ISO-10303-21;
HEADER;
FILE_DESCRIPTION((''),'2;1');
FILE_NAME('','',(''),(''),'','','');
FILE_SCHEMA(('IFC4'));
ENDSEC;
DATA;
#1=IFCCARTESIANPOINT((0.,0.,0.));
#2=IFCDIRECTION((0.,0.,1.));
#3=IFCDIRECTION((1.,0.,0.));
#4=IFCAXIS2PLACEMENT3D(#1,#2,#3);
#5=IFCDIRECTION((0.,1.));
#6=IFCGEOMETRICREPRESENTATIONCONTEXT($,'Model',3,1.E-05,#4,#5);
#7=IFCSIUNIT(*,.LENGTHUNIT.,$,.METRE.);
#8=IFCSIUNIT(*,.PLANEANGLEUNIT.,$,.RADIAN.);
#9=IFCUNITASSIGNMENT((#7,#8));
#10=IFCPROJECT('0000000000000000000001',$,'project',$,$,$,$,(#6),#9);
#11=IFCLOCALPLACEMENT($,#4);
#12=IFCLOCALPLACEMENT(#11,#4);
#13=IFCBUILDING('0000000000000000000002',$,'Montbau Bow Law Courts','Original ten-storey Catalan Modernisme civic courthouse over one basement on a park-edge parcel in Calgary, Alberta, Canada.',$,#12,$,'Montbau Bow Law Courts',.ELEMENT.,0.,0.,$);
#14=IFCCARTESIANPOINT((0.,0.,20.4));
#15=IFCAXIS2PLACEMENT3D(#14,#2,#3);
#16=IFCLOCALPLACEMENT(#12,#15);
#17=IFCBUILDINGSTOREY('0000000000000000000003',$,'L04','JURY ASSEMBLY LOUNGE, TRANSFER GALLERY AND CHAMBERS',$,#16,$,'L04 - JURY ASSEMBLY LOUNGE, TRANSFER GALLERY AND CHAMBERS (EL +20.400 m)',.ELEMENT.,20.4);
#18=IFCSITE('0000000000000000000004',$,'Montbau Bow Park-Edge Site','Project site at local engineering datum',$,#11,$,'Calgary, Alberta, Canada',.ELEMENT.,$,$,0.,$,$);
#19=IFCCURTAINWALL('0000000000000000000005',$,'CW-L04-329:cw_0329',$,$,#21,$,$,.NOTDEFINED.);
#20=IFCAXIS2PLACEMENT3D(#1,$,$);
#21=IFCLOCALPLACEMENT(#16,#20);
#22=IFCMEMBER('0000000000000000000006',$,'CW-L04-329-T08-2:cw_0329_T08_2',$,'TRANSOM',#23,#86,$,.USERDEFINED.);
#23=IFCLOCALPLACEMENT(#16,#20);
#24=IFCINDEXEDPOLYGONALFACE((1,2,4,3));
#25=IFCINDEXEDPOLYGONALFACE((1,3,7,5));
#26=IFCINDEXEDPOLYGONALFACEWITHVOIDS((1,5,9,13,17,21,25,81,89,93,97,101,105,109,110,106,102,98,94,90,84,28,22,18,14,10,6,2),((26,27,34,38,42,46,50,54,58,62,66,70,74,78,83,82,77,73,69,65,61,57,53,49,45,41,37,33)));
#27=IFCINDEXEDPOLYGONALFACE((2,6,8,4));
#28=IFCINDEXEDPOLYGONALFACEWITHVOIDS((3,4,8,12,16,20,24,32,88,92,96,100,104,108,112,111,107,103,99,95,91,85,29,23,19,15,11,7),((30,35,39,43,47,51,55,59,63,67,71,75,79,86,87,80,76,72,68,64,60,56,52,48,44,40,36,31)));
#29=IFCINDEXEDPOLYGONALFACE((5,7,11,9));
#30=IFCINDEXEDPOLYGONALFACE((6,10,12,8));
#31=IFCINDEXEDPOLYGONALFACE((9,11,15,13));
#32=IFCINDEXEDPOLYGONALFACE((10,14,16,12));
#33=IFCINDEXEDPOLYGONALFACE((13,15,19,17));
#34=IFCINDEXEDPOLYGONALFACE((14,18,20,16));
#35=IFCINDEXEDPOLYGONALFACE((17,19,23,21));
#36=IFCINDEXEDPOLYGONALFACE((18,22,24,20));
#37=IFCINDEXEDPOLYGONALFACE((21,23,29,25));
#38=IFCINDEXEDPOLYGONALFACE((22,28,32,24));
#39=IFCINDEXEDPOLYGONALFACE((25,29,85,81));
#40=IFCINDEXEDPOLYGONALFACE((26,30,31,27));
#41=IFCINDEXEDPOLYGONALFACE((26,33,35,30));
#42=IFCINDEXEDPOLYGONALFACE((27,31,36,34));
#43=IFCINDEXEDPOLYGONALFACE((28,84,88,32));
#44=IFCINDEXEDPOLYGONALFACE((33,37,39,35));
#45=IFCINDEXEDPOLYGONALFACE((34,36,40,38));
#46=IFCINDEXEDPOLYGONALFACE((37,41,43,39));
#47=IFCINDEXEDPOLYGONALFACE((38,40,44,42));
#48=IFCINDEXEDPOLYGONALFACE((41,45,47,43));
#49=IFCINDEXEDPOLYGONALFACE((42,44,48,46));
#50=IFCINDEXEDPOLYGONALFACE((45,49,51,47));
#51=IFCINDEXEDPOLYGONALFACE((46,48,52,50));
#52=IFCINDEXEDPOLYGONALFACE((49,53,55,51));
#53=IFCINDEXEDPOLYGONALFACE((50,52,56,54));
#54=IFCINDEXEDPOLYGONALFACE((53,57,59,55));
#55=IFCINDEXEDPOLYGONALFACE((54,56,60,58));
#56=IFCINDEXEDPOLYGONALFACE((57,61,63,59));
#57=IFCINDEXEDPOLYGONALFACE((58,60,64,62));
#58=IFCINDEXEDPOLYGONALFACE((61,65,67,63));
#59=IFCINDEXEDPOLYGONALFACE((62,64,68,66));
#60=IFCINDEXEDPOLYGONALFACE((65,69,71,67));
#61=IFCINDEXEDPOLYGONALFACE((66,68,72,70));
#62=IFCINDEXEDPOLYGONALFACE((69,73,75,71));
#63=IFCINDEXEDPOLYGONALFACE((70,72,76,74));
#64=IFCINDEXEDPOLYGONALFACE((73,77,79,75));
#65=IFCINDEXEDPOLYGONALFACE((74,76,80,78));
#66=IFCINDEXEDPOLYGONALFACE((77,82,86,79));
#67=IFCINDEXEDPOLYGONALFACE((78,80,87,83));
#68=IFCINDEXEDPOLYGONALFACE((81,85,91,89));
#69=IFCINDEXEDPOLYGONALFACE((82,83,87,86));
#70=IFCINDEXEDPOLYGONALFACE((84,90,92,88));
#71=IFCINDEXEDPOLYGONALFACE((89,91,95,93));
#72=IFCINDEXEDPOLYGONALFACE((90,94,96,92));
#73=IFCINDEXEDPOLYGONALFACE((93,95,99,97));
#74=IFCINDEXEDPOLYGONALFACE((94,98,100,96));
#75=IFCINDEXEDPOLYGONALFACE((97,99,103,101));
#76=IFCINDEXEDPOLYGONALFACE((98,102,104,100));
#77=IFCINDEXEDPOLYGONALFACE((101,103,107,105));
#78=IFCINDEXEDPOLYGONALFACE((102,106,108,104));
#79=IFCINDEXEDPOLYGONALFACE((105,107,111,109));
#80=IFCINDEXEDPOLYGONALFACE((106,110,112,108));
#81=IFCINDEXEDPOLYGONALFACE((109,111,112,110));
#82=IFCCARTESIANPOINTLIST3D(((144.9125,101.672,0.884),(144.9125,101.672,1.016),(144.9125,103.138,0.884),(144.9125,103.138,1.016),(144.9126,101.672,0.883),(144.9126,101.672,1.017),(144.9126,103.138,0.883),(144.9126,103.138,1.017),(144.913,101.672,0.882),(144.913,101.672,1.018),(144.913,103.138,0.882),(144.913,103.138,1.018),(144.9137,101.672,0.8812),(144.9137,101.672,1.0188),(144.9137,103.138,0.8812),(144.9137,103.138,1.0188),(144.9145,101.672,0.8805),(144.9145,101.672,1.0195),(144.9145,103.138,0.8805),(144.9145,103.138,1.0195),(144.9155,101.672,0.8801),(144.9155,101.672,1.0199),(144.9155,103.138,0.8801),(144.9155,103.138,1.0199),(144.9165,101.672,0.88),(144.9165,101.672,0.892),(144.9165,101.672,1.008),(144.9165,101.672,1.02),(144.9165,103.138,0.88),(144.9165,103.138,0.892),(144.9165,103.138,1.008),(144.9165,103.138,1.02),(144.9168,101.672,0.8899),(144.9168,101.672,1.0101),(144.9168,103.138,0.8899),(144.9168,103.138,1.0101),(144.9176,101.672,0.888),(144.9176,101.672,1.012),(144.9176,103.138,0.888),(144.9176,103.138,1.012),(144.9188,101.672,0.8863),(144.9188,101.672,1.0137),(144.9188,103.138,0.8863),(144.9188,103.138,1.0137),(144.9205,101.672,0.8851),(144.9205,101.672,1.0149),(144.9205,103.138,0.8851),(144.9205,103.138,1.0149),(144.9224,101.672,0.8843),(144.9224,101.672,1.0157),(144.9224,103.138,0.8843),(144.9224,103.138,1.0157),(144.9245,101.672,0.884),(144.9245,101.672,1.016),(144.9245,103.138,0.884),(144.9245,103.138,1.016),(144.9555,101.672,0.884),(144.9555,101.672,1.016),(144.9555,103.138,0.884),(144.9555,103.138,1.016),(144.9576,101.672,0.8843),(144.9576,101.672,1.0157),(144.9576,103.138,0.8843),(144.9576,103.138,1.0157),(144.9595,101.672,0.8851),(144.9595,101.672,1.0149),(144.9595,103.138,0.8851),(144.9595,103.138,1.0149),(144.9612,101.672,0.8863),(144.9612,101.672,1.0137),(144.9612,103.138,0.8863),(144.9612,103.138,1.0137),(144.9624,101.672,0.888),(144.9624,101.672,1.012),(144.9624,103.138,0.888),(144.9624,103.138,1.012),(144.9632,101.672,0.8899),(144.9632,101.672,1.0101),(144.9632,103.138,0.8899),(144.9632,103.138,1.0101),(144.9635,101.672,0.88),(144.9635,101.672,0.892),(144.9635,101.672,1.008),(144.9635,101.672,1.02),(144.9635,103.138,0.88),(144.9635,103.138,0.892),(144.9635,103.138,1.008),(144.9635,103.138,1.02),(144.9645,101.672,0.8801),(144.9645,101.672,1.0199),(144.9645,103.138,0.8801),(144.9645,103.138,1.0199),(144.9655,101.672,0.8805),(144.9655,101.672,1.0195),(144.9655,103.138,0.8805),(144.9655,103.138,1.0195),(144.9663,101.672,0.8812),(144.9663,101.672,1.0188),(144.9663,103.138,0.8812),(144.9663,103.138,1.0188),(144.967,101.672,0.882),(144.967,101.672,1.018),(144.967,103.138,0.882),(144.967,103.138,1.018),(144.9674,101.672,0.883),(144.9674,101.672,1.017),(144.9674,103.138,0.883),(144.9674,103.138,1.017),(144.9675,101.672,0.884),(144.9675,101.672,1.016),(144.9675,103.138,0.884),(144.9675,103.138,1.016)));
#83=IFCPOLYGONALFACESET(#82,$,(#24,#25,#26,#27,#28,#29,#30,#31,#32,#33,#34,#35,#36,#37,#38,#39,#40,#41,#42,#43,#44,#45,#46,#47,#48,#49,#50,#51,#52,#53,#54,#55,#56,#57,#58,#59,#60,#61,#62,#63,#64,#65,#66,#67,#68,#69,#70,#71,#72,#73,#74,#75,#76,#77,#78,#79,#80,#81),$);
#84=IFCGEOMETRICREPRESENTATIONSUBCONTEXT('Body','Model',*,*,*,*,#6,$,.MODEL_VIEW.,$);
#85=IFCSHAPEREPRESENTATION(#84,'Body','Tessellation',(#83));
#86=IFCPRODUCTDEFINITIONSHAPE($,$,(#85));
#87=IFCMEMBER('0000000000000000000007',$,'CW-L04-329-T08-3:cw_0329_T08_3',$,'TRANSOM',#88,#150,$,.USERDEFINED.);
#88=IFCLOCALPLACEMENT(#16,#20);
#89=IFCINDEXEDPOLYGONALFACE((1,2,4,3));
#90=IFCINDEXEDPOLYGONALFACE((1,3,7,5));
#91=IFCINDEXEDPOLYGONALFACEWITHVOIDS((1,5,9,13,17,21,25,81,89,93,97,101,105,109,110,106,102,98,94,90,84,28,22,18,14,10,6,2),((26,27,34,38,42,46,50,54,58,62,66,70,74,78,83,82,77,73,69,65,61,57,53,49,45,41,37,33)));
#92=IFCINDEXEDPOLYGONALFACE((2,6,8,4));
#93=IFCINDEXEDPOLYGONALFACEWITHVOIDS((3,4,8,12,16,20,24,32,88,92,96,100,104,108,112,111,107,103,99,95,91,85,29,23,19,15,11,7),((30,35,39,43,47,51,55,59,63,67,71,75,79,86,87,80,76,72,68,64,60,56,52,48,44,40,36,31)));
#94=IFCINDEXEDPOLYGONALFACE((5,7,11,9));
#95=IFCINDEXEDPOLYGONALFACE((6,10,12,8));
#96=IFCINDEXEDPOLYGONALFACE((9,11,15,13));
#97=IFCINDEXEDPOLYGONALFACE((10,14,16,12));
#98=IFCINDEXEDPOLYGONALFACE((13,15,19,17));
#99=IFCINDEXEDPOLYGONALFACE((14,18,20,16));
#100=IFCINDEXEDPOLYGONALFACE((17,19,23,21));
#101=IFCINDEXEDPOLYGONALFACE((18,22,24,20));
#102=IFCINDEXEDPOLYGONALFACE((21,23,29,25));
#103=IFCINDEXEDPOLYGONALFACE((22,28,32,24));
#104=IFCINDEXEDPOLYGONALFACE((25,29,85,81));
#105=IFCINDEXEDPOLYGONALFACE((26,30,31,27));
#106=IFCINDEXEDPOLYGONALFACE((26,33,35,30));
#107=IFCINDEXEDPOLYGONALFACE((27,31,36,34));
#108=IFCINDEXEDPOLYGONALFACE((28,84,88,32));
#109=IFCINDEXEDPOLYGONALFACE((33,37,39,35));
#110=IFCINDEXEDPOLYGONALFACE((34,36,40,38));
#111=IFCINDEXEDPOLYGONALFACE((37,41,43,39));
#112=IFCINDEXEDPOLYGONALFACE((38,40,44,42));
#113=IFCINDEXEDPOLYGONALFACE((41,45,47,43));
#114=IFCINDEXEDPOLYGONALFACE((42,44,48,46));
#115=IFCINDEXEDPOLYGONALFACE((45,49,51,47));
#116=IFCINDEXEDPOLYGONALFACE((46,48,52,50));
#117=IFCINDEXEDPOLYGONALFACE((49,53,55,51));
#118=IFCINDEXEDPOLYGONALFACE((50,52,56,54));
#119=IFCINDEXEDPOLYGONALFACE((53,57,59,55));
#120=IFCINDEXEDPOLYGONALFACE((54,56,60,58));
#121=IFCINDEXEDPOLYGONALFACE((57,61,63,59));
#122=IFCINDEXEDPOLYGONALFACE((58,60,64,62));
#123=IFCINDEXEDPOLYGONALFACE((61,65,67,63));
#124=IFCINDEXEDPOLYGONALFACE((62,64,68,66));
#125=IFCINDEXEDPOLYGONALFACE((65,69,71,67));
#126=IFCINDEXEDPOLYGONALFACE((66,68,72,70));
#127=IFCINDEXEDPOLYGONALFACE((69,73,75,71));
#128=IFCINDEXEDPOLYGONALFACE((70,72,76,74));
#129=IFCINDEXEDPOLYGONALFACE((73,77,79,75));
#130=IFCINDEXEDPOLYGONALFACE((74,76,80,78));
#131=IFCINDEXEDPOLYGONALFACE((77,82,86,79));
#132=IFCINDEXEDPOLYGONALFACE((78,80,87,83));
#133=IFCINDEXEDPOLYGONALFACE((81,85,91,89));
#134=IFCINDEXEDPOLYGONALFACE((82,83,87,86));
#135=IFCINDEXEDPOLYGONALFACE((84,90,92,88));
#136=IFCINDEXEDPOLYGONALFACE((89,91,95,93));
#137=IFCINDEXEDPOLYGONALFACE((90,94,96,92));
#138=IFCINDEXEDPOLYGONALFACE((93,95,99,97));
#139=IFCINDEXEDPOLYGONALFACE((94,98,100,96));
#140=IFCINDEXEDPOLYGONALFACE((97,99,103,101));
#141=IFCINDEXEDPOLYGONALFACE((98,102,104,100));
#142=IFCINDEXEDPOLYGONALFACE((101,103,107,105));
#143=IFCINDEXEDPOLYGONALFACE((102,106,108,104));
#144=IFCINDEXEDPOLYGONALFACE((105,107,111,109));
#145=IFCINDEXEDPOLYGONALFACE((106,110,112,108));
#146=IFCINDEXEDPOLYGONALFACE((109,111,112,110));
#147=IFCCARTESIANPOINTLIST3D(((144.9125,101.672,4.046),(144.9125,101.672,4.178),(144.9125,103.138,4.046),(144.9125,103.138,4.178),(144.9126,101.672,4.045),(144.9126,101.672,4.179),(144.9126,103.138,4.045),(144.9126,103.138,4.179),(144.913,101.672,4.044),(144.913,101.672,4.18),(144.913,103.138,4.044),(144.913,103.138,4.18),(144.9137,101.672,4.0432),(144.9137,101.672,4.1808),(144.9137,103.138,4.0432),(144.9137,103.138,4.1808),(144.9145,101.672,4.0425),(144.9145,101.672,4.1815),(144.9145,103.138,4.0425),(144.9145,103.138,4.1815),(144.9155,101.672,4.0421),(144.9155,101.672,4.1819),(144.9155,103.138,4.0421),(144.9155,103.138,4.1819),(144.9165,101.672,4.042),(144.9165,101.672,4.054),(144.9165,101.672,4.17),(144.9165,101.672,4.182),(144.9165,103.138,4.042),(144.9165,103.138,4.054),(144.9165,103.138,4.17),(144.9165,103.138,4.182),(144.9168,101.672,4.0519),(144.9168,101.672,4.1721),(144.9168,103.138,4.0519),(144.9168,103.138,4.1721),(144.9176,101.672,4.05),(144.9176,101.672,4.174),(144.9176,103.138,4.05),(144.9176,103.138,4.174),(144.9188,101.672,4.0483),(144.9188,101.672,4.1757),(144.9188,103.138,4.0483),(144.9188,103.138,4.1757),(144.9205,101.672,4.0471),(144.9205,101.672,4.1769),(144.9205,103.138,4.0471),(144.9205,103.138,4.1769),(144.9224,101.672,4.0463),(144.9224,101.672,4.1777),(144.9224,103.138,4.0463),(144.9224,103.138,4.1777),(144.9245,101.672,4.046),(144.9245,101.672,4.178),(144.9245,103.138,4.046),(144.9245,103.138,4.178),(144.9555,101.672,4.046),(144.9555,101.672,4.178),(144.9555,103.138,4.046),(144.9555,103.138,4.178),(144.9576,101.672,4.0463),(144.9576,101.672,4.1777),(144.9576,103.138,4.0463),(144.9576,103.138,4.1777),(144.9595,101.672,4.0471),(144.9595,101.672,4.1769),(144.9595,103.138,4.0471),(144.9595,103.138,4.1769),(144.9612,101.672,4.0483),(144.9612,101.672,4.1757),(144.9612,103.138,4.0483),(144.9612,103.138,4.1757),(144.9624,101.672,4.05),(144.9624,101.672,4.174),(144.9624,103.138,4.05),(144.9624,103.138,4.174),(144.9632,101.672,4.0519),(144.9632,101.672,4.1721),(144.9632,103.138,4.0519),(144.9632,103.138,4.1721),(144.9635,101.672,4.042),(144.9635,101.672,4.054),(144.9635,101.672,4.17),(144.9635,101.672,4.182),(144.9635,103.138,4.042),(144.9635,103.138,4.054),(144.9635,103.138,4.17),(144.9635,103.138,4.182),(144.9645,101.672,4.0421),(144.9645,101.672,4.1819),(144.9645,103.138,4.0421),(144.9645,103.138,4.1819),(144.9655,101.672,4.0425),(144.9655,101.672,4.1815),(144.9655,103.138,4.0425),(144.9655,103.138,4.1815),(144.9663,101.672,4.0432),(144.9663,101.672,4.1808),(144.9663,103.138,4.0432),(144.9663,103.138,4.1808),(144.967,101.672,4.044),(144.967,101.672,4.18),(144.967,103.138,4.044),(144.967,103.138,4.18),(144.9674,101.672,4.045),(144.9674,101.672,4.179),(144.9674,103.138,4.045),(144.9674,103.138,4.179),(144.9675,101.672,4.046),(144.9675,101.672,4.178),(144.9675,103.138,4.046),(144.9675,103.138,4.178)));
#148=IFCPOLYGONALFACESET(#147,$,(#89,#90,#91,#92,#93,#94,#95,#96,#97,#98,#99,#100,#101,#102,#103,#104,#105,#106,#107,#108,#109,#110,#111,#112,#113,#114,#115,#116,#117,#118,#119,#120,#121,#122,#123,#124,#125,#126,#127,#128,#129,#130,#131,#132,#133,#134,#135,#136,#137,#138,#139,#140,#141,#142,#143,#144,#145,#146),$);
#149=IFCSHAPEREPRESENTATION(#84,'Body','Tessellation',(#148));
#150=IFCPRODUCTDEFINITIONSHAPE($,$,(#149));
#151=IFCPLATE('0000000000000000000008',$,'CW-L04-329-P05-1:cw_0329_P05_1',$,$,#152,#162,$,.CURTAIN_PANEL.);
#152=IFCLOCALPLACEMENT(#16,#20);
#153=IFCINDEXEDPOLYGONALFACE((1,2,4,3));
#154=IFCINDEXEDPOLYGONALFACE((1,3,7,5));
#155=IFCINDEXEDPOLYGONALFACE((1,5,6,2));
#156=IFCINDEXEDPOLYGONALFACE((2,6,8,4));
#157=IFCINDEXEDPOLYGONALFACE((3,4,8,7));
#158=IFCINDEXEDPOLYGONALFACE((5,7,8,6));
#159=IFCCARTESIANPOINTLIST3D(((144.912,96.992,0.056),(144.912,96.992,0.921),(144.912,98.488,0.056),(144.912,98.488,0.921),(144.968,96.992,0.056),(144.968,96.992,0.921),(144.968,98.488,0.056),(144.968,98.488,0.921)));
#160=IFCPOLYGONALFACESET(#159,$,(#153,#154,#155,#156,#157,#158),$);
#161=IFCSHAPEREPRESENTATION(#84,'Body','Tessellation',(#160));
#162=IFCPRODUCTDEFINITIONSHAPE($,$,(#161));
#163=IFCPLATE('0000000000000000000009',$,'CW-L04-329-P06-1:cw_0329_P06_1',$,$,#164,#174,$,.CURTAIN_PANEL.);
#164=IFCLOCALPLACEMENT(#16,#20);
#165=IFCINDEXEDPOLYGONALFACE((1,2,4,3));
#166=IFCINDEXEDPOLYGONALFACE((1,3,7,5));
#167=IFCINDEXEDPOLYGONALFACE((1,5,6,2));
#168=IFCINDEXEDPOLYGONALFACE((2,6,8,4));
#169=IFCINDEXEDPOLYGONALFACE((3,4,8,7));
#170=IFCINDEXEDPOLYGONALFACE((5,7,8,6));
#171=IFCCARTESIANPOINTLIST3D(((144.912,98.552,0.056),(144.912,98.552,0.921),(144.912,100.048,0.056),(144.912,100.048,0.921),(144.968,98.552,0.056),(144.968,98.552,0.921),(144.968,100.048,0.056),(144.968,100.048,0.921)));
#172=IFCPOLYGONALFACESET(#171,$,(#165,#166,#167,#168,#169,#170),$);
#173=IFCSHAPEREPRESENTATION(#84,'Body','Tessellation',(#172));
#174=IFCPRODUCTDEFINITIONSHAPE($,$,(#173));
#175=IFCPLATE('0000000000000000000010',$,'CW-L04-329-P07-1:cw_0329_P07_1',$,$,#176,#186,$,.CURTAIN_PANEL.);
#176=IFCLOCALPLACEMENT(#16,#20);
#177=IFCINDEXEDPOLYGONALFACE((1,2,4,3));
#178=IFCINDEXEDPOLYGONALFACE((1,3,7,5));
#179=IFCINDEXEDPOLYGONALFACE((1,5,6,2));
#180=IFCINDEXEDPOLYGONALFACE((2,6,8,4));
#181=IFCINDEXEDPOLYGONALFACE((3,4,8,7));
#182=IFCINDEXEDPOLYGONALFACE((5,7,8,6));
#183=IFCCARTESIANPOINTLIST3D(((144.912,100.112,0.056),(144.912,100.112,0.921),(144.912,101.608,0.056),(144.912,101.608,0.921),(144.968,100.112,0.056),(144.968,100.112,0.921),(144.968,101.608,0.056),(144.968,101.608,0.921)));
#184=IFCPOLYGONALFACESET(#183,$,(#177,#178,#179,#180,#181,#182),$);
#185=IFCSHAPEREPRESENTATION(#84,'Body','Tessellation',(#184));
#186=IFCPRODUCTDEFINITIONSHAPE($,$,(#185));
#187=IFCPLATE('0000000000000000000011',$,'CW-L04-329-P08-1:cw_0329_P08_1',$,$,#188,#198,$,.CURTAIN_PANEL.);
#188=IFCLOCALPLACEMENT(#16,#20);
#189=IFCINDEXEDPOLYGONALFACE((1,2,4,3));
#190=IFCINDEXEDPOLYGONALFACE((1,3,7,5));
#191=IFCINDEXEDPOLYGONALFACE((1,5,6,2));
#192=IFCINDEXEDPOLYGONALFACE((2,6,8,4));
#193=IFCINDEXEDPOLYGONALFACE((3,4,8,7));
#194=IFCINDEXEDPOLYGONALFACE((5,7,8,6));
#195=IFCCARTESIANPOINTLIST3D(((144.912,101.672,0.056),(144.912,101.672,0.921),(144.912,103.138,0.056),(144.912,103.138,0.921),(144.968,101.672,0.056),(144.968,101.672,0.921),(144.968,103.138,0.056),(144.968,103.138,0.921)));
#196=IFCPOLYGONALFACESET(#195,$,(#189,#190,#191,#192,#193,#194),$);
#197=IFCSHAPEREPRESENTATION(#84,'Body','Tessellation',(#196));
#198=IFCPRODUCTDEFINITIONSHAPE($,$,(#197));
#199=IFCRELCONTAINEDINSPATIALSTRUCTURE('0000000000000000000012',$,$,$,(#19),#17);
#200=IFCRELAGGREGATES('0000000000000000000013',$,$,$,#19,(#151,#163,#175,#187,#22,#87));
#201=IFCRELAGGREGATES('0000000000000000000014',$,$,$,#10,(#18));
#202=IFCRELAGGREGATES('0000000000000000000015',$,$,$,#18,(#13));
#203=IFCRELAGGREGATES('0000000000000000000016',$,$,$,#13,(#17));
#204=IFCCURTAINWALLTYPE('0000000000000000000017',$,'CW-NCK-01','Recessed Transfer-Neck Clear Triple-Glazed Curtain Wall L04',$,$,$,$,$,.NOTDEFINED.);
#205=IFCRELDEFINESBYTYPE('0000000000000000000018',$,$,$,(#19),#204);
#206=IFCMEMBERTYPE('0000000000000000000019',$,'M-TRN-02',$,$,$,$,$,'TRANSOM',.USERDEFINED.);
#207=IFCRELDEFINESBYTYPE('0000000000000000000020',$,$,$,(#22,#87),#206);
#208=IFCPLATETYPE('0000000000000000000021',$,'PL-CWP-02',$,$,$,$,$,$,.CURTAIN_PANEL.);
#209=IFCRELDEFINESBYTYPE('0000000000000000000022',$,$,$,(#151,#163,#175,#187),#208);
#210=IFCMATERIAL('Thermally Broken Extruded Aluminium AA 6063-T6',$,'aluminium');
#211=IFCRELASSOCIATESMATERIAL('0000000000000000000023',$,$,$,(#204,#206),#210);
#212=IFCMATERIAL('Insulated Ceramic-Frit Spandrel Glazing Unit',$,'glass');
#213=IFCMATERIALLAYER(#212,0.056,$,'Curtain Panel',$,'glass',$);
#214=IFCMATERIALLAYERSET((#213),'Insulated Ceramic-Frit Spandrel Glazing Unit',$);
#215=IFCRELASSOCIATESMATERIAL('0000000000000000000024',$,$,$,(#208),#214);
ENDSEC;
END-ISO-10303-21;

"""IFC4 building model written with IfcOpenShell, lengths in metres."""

from ifc_helpers import new_model, si_unit, direction, frame, frame_2d, origin_with_axes, origin_2d_with_axis, place, context, subcontext, project, spatial, rectangle, hollow_rectangle, extrude, material, layer, layer_set, material_profile, profile_set, type_object, element, aggregate, save


model = new_model("IFC4")

# Units and contexts
model_context = context("Model", 3, precision=1e-05, world=origin_with_axes(), true_north=direction((0.0, 1.0)))
body_context = subcontext(model_context, "Body", "Model", "MODEL_VIEW")
ifc_project = project(units=[si_unit("LENGTHUNIT", "METRE"), si_unit("PLANEANGLEUNIT", "RADIAN")], contexts=[model_context])

# Site, building, storey
site_placement = place(None, origin_with_axes())
site = spatial("IfcSite", under=ifc_project, at=site_placement, Name="Montbau Bow Park-Edge Site", Description="Project site at local engineering datum", LongName="Calgary, Alberta, Canada", CompositionType="ELEMENT", RefElevation=0.0)
building_placement = place(site_placement, origin_with_axes())
building = spatial("IfcBuilding", under=site, at=building_placement, Name="Montbau Bow Law Courts", Description="Original ten-storey Catalan Modernisme civic courthouse over one basement on a park-edge parcel in Calgary, Alberta, Canada.", LongName="Montbau Bow Law Courts", CompositionType="ELEMENT", ElevationOfRefHeight=0.0, ElevationOfTerrain=0.0)
storey_placement = place(building_placement, frame((0.0, 0.0, 20.4), z_axis=(0.0, 0.0, 1.0), x_axis=(1.0, 0.0, 0.0)))
storey = spatial("IfcBuildingStorey", under=building, at=storey_placement, Name="L04", Description="JURY ASSEMBLY LOUNGE, TRANSFER GALLERY AND CHAMBERS", LongName="L04 - JURY ASSEMBLY LOUNGE, TRANSFER GALLERY AND CHAMBERS (EL +20.400 m)", CompositionType="ELEMENT", Elevation=20.4)

# Curtain wall, members, plates
ifc_material_1 = material(Name="Thermally Broken Extruded Aluminium AA 6063-T6", Category="aluminium")
curtain_wall_type = type_object("IfcCurtainWallType", Name="CW-NCK-01", Description="Recessed Transfer-Neck Clear Triple-Glazed Curtain Wall L04", PredefinedType="NOTDEFINED", material=ifc_material_1)
curtain_wall_placement = place(None, frame((144.94, 90.72, 20.4), z_axis=(0.0, 0.0, 1.0), x_axis=(1.0, 0.0, 0.0)))
curtain_wall = element("IfcCurtainWall", 1, at=curtain_wall_placement, inside=storey, type_object=curtain_wall_type, Name="CW-L04-329:cw_0329", PredefinedType="NOTDEFINED")
ifc_material_profile_1 = material_profile(ifc_material_1, hollow_rectangle(XDim=0.055, YDim=0.14, WallThickness=0.004, InnerFilletRadius=0.008, OuterFilletRadius=0.004, at=origin_2d_with_axis()), Name="CWT-140X55", Category="Main", Priority=0)
ifc_profile_set_1 = profile_set([ifc_material_profile_1], Name="Thermally Broken Extruded Aluminium AA 6063-T6")
member_type_1 = type_object("IfcMemberType", Name="M-TRN-02", ElementType="TRANSOM", PredefinedType="USERDEFINED", material=ifc_profile_set_1)
member_1_placement = place(None, frame((144.94, 101.672, 21.35), z_axis=(0.0, 1.0, 0.0), x_axis=(-1.0, 0.0, 0.0)))
member_1 = element("IfcMember", 2, at=member_1_placement, type_object=member_type_1, Name="CW-L04-329-T08-2:cw_0329_T08_2", ObjectType="TRANSOM", PredefinedType="USERDEFINED", context=body_context, shape_type="SweptSolid", body=[
    extrude(hollow_rectangle(XDim=0.055, YDim=0.14, WallThickness=0.004, InnerFilletRadius=0.008, OuterFilletRadius=0.004, at=origin_2d_with_axis()), origin_with_axes(), (0.0, 0.0, 1.0), 1.466),
])
member_2_placement = place(None, frame((144.94, 101.672, 24.512), z_axis=(0.0, 1.0, 0.0), x_axis=(-1.0, 0.0, 0.0)))
member_2 = element("IfcMember", 3, at=member_2_placement, type_object=member_type_1, Name="CW-L04-329-T08-3:cw_0329_T08_3", ObjectType="TRANSOM", PredefinedType="USERDEFINED", context=body_context, shape_type="SweptSolid", body=[
    extrude(hollow_rectangle(XDim=0.055, YDim=0.14, WallThickness=0.004, InnerFilletRadius=0.008, OuterFilletRadius=0.004, at=origin_2d_with_axis()), origin_with_axes(), (0.0, 0.0, 1.0), 1.466),
])
ifc_material_2 = material(Name="Insulated Ceramic-Frit Spandrel Glazing Unit", Category="glass")
ifc_layer_1 = layer(ifc_material_2, 0.056, Name="Curtain Panel", Category="glass")
ifc_layer_set_1 = layer_set([ifc_layer_1], Name="Insulated Ceramic-Frit Spandrel Glazing Unit")
plate_type_1 = type_object("IfcPlateType", Name="PL-CWP-02", PredefinedType="CURTAIN_PANEL", material=ifc_layer_set_1)
plate_1_placement = place(None, frame((144.94, 96.992, 20.456), z_axis=(1.0, 0.0, 0.0), x_axis=(0.0, 1.0, 0.0)))
plate_1 = element("IfcPlate", 4, at=plate_1_placement, type_object=plate_type_1, Name="CW-L04-329-P05-1:cw_0329_P05_1", PredefinedType="CURTAIN_PANEL", context=body_context, shape_type="SweptSolid", body=[
    extrude(rectangle(XDim=1.496, YDim=0.865, at=frame_2d((0.748, 0.4325), x_axis=(1.0, 0.0))), frame((0.0, 0.0, -0.028), z_axis=(0.0, 0.0, 1.0), x_axis=(1.0, 0.0, 0.0)), (0.0, 0.0, 1.0), 0.056),
])
plate_2_placement = place(None, frame((144.94, 98.552, 20.456), z_axis=(1.0, 0.0, 0.0), x_axis=(0.0, 1.0, 0.0)))
plate_2 = element("IfcPlate", 5, at=plate_2_placement, type_object=plate_type_1, Name="CW-L04-329-P06-1:cw_0329_P06_1", PredefinedType="CURTAIN_PANEL", context=body_context, shape_type="SweptSolid", body=[
    extrude(rectangle(XDim=1.496, YDim=0.865, at=frame_2d((0.748, 0.4325), x_axis=(1.0, 0.0))), frame((0.0, 0.0, -0.028), z_axis=(0.0, 0.0, 1.0), x_axis=(1.0, 0.0, 0.0)), (0.0, 0.0, 1.0), 0.056),
])
plate_3_placement = place(None, frame((144.94, 100.112, 20.456), z_axis=(1.0, 0.0, 0.0), x_axis=(0.0, 1.0, 0.0)))
plate_3 = element("IfcPlate", 6, at=plate_3_placement, type_object=plate_type_1, Name="CW-L04-329-P07-1:cw_0329_P07_1", PredefinedType="CURTAIN_PANEL", context=body_context, shape_type="SweptSolid", body=[
    extrude(rectangle(XDim=1.496, YDim=0.865, at=frame_2d((0.748, 0.4325), x_axis=(1.0, 0.0))), frame((0.0, 0.0, -0.028), z_axis=(0.0, 0.0, 1.0), x_axis=(1.0, 0.0, 0.0)), (0.0, 0.0, 1.0), 0.056),
])
plate_4_placement = place(None, frame((144.94, 101.672, 20.456), z_axis=(1.0, 0.0, 0.0), x_axis=(0.0, 1.0, 0.0)))
plate_4 = element("IfcPlate", 7, at=plate_4_placement, type_object=plate_type_1, Name="CW-L04-329-P08-1:cw_0329_P08_1", PredefinedType="CURTAIN_PANEL", context=body_context, shape_type="SweptSolid", body=[
    extrude(rectangle(XDim=1.466, YDim=0.865, at=frame_2d((0.733, 0.4325), x_axis=(1.0, 0.0))), frame((0.0, 0.0, -0.028), z_axis=(0.0, 0.0, 1.0), x_axis=(1.0, 0.0, 0.0)), (0.0, 0.0, 1.0), 0.056),
])
aggregate(curtain_wall, [plate_1, plate_2, plate_3, plate_4, member_1, member_2])

save(model, "model.ifc")
